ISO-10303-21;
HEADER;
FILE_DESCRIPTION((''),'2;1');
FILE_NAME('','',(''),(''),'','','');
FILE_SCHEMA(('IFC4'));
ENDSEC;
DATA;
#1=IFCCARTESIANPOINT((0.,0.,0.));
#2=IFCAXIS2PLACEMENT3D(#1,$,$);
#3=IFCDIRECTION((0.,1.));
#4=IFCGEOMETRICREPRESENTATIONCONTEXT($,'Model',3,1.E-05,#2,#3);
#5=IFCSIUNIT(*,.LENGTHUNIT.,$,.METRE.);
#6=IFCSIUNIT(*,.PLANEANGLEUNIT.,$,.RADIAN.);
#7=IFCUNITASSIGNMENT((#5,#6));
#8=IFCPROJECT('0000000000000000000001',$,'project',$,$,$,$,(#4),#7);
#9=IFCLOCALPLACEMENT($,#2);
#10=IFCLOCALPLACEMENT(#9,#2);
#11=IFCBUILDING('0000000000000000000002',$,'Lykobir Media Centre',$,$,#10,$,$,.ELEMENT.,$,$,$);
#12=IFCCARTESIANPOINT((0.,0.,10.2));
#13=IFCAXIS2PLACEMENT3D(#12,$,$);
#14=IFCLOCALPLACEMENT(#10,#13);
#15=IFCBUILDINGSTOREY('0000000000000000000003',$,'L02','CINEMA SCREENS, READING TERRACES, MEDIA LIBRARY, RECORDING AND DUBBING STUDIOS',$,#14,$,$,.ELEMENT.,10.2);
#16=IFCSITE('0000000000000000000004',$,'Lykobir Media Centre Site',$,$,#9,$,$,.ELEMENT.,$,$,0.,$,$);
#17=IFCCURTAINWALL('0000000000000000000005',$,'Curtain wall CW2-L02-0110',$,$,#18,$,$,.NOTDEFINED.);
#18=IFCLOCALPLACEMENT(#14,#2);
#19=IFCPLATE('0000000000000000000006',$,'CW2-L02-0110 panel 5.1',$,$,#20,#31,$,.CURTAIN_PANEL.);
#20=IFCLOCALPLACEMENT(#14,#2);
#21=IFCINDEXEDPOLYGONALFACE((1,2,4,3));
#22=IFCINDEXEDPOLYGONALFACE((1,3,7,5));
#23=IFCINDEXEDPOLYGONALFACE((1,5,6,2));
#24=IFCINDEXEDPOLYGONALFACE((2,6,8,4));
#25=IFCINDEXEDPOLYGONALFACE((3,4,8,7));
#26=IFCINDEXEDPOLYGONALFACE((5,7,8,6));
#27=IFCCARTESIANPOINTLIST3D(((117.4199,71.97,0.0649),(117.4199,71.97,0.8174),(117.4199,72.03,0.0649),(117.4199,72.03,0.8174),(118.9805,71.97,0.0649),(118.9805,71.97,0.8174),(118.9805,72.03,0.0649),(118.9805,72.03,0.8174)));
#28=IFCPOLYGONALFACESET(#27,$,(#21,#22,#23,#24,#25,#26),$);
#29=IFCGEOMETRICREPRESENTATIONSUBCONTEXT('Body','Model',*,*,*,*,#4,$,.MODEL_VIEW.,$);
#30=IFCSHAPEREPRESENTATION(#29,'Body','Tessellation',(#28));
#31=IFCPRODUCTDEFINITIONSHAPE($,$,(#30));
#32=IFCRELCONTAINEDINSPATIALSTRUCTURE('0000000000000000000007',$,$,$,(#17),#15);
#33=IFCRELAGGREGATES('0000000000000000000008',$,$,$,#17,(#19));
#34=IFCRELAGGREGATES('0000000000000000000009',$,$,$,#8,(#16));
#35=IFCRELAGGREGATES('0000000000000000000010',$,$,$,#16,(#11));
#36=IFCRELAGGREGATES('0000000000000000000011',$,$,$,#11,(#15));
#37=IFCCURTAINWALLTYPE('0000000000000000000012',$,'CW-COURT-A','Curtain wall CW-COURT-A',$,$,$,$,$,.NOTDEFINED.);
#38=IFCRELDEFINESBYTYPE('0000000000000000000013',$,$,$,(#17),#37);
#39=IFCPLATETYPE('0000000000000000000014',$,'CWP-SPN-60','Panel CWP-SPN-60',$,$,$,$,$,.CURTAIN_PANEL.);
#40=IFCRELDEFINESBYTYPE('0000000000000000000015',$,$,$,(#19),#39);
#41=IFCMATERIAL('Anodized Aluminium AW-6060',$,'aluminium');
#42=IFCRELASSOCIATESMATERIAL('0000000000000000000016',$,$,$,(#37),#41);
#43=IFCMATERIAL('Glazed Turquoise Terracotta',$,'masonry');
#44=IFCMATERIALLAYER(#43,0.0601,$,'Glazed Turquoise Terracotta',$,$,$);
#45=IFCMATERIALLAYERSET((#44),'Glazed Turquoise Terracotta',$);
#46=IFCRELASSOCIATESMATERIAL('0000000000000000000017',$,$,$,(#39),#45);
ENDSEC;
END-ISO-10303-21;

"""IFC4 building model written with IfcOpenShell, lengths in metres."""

from ifc_helpers import new_model, si_unit, direction, frame, origin, origin_2d, place, context, subcontext, project, spatial, rectangle, extrude, material, layer, layer_set, type_object, element, aggregate, save


model = new_model("IFC4")

# Units and contexts
model_context = context("Model", 3, precision=1e-05, world=origin(), true_north=direction((0.0, 1.0)))
body_context = subcontext(model_context, "Body", "Model", "MODEL_VIEW")
ifc_project = project(units=[si_unit("LENGTHUNIT", "METRE"), si_unit("PLANEANGLEUNIT", "RADIAN")], contexts=[model_context])

# Site, building, storey
site_placement = place(None, origin())
site = spatial("IfcSite", under=ifc_project, at=site_placement, Name="Lykobir Media Centre Site", CompositionType="ELEMENT", RefElevation=0.0)
building_placement = place(site_placement, origin())
building = spatial("IfcBuilding", under=site, at=building_placement, Name="Lykobir Media Centre", CompositionType="ELEMENT")
storey_placement = place(building_placement, frame((0.0, 0.0, 10.2)))
storey = spatial("IfcBuildingStorey", under=building, at=storey_placement, Name="L02", Description="CINEMA SCREENS, READING TERRACES, MEDIA LIBRARY, RECORDING AND DUBBING STUDIOS", CompositionType="ELEMENT", Elevation=10.2)

# Curtain wall
ifc_material_1 = material(Name="Anodized Aluminium AW-6060", Category="aluminium")
curtain_wall_type = type_object("IfcCurtainWallType", Name="CW-COURT-A", Description="Curtain wall CW-COURT-A", PredefinedType="NOTDEFINED", material=ifc_material_1)
curtain_wall_1_placement = place(storey_placement, origin())
curtain_wall_1 = element("IfcCurtainWall", 1, at=curtain_wall_1_placement, inside=storey, type_object=curtain_wall_type, Name="Curtain wall CW2-L02-0110", PredefinedType="NOTDEFINED")

# Plate
ifc_material_2 = material(Name="Glazed Turquoise Terracotta", Category="masonry")
ifc_layer_1 = layer(ifc_material_2, 0.0601, Name="Glazed Turquoise Terracotta")
ifc_layer_set_1 = layer_set([ifc_layer_1], Name="Glazed Turquoise Terracotta")
plate_type_1 = type_object("IfcPlateType", Name="CWP-SPN-60", Description="Panel CWP-SPN-60", PredefinedType="CURTAIN_PANEL", material=ifc_layer_set_1)
plate_1_placement = place(storey_placement, frame((118.2002, 72.0, 0.0649), z_axis=(0.0, 0.0, 1.0), x_axis=(-1.0, 0.0, 0.0)))
plate_1 = element("IfcPlate", 2, at=plate_1_placement, type_object=plate_type_1, Name="CW2-L02-0110 panel 5.1", PredefinedType="CURTAIN_PANEL", context=body_context, shape_type="SweptSolid", body=[
    extrude(rectangle(XDim=1.5605, YDim=0.0601, at=origin_2d()), origin(), (0.0, 0.0, 1.0), 0.7524),
])
aggregate(curtain_wall_1, [plate_1])

save(model, "model.ifc")
